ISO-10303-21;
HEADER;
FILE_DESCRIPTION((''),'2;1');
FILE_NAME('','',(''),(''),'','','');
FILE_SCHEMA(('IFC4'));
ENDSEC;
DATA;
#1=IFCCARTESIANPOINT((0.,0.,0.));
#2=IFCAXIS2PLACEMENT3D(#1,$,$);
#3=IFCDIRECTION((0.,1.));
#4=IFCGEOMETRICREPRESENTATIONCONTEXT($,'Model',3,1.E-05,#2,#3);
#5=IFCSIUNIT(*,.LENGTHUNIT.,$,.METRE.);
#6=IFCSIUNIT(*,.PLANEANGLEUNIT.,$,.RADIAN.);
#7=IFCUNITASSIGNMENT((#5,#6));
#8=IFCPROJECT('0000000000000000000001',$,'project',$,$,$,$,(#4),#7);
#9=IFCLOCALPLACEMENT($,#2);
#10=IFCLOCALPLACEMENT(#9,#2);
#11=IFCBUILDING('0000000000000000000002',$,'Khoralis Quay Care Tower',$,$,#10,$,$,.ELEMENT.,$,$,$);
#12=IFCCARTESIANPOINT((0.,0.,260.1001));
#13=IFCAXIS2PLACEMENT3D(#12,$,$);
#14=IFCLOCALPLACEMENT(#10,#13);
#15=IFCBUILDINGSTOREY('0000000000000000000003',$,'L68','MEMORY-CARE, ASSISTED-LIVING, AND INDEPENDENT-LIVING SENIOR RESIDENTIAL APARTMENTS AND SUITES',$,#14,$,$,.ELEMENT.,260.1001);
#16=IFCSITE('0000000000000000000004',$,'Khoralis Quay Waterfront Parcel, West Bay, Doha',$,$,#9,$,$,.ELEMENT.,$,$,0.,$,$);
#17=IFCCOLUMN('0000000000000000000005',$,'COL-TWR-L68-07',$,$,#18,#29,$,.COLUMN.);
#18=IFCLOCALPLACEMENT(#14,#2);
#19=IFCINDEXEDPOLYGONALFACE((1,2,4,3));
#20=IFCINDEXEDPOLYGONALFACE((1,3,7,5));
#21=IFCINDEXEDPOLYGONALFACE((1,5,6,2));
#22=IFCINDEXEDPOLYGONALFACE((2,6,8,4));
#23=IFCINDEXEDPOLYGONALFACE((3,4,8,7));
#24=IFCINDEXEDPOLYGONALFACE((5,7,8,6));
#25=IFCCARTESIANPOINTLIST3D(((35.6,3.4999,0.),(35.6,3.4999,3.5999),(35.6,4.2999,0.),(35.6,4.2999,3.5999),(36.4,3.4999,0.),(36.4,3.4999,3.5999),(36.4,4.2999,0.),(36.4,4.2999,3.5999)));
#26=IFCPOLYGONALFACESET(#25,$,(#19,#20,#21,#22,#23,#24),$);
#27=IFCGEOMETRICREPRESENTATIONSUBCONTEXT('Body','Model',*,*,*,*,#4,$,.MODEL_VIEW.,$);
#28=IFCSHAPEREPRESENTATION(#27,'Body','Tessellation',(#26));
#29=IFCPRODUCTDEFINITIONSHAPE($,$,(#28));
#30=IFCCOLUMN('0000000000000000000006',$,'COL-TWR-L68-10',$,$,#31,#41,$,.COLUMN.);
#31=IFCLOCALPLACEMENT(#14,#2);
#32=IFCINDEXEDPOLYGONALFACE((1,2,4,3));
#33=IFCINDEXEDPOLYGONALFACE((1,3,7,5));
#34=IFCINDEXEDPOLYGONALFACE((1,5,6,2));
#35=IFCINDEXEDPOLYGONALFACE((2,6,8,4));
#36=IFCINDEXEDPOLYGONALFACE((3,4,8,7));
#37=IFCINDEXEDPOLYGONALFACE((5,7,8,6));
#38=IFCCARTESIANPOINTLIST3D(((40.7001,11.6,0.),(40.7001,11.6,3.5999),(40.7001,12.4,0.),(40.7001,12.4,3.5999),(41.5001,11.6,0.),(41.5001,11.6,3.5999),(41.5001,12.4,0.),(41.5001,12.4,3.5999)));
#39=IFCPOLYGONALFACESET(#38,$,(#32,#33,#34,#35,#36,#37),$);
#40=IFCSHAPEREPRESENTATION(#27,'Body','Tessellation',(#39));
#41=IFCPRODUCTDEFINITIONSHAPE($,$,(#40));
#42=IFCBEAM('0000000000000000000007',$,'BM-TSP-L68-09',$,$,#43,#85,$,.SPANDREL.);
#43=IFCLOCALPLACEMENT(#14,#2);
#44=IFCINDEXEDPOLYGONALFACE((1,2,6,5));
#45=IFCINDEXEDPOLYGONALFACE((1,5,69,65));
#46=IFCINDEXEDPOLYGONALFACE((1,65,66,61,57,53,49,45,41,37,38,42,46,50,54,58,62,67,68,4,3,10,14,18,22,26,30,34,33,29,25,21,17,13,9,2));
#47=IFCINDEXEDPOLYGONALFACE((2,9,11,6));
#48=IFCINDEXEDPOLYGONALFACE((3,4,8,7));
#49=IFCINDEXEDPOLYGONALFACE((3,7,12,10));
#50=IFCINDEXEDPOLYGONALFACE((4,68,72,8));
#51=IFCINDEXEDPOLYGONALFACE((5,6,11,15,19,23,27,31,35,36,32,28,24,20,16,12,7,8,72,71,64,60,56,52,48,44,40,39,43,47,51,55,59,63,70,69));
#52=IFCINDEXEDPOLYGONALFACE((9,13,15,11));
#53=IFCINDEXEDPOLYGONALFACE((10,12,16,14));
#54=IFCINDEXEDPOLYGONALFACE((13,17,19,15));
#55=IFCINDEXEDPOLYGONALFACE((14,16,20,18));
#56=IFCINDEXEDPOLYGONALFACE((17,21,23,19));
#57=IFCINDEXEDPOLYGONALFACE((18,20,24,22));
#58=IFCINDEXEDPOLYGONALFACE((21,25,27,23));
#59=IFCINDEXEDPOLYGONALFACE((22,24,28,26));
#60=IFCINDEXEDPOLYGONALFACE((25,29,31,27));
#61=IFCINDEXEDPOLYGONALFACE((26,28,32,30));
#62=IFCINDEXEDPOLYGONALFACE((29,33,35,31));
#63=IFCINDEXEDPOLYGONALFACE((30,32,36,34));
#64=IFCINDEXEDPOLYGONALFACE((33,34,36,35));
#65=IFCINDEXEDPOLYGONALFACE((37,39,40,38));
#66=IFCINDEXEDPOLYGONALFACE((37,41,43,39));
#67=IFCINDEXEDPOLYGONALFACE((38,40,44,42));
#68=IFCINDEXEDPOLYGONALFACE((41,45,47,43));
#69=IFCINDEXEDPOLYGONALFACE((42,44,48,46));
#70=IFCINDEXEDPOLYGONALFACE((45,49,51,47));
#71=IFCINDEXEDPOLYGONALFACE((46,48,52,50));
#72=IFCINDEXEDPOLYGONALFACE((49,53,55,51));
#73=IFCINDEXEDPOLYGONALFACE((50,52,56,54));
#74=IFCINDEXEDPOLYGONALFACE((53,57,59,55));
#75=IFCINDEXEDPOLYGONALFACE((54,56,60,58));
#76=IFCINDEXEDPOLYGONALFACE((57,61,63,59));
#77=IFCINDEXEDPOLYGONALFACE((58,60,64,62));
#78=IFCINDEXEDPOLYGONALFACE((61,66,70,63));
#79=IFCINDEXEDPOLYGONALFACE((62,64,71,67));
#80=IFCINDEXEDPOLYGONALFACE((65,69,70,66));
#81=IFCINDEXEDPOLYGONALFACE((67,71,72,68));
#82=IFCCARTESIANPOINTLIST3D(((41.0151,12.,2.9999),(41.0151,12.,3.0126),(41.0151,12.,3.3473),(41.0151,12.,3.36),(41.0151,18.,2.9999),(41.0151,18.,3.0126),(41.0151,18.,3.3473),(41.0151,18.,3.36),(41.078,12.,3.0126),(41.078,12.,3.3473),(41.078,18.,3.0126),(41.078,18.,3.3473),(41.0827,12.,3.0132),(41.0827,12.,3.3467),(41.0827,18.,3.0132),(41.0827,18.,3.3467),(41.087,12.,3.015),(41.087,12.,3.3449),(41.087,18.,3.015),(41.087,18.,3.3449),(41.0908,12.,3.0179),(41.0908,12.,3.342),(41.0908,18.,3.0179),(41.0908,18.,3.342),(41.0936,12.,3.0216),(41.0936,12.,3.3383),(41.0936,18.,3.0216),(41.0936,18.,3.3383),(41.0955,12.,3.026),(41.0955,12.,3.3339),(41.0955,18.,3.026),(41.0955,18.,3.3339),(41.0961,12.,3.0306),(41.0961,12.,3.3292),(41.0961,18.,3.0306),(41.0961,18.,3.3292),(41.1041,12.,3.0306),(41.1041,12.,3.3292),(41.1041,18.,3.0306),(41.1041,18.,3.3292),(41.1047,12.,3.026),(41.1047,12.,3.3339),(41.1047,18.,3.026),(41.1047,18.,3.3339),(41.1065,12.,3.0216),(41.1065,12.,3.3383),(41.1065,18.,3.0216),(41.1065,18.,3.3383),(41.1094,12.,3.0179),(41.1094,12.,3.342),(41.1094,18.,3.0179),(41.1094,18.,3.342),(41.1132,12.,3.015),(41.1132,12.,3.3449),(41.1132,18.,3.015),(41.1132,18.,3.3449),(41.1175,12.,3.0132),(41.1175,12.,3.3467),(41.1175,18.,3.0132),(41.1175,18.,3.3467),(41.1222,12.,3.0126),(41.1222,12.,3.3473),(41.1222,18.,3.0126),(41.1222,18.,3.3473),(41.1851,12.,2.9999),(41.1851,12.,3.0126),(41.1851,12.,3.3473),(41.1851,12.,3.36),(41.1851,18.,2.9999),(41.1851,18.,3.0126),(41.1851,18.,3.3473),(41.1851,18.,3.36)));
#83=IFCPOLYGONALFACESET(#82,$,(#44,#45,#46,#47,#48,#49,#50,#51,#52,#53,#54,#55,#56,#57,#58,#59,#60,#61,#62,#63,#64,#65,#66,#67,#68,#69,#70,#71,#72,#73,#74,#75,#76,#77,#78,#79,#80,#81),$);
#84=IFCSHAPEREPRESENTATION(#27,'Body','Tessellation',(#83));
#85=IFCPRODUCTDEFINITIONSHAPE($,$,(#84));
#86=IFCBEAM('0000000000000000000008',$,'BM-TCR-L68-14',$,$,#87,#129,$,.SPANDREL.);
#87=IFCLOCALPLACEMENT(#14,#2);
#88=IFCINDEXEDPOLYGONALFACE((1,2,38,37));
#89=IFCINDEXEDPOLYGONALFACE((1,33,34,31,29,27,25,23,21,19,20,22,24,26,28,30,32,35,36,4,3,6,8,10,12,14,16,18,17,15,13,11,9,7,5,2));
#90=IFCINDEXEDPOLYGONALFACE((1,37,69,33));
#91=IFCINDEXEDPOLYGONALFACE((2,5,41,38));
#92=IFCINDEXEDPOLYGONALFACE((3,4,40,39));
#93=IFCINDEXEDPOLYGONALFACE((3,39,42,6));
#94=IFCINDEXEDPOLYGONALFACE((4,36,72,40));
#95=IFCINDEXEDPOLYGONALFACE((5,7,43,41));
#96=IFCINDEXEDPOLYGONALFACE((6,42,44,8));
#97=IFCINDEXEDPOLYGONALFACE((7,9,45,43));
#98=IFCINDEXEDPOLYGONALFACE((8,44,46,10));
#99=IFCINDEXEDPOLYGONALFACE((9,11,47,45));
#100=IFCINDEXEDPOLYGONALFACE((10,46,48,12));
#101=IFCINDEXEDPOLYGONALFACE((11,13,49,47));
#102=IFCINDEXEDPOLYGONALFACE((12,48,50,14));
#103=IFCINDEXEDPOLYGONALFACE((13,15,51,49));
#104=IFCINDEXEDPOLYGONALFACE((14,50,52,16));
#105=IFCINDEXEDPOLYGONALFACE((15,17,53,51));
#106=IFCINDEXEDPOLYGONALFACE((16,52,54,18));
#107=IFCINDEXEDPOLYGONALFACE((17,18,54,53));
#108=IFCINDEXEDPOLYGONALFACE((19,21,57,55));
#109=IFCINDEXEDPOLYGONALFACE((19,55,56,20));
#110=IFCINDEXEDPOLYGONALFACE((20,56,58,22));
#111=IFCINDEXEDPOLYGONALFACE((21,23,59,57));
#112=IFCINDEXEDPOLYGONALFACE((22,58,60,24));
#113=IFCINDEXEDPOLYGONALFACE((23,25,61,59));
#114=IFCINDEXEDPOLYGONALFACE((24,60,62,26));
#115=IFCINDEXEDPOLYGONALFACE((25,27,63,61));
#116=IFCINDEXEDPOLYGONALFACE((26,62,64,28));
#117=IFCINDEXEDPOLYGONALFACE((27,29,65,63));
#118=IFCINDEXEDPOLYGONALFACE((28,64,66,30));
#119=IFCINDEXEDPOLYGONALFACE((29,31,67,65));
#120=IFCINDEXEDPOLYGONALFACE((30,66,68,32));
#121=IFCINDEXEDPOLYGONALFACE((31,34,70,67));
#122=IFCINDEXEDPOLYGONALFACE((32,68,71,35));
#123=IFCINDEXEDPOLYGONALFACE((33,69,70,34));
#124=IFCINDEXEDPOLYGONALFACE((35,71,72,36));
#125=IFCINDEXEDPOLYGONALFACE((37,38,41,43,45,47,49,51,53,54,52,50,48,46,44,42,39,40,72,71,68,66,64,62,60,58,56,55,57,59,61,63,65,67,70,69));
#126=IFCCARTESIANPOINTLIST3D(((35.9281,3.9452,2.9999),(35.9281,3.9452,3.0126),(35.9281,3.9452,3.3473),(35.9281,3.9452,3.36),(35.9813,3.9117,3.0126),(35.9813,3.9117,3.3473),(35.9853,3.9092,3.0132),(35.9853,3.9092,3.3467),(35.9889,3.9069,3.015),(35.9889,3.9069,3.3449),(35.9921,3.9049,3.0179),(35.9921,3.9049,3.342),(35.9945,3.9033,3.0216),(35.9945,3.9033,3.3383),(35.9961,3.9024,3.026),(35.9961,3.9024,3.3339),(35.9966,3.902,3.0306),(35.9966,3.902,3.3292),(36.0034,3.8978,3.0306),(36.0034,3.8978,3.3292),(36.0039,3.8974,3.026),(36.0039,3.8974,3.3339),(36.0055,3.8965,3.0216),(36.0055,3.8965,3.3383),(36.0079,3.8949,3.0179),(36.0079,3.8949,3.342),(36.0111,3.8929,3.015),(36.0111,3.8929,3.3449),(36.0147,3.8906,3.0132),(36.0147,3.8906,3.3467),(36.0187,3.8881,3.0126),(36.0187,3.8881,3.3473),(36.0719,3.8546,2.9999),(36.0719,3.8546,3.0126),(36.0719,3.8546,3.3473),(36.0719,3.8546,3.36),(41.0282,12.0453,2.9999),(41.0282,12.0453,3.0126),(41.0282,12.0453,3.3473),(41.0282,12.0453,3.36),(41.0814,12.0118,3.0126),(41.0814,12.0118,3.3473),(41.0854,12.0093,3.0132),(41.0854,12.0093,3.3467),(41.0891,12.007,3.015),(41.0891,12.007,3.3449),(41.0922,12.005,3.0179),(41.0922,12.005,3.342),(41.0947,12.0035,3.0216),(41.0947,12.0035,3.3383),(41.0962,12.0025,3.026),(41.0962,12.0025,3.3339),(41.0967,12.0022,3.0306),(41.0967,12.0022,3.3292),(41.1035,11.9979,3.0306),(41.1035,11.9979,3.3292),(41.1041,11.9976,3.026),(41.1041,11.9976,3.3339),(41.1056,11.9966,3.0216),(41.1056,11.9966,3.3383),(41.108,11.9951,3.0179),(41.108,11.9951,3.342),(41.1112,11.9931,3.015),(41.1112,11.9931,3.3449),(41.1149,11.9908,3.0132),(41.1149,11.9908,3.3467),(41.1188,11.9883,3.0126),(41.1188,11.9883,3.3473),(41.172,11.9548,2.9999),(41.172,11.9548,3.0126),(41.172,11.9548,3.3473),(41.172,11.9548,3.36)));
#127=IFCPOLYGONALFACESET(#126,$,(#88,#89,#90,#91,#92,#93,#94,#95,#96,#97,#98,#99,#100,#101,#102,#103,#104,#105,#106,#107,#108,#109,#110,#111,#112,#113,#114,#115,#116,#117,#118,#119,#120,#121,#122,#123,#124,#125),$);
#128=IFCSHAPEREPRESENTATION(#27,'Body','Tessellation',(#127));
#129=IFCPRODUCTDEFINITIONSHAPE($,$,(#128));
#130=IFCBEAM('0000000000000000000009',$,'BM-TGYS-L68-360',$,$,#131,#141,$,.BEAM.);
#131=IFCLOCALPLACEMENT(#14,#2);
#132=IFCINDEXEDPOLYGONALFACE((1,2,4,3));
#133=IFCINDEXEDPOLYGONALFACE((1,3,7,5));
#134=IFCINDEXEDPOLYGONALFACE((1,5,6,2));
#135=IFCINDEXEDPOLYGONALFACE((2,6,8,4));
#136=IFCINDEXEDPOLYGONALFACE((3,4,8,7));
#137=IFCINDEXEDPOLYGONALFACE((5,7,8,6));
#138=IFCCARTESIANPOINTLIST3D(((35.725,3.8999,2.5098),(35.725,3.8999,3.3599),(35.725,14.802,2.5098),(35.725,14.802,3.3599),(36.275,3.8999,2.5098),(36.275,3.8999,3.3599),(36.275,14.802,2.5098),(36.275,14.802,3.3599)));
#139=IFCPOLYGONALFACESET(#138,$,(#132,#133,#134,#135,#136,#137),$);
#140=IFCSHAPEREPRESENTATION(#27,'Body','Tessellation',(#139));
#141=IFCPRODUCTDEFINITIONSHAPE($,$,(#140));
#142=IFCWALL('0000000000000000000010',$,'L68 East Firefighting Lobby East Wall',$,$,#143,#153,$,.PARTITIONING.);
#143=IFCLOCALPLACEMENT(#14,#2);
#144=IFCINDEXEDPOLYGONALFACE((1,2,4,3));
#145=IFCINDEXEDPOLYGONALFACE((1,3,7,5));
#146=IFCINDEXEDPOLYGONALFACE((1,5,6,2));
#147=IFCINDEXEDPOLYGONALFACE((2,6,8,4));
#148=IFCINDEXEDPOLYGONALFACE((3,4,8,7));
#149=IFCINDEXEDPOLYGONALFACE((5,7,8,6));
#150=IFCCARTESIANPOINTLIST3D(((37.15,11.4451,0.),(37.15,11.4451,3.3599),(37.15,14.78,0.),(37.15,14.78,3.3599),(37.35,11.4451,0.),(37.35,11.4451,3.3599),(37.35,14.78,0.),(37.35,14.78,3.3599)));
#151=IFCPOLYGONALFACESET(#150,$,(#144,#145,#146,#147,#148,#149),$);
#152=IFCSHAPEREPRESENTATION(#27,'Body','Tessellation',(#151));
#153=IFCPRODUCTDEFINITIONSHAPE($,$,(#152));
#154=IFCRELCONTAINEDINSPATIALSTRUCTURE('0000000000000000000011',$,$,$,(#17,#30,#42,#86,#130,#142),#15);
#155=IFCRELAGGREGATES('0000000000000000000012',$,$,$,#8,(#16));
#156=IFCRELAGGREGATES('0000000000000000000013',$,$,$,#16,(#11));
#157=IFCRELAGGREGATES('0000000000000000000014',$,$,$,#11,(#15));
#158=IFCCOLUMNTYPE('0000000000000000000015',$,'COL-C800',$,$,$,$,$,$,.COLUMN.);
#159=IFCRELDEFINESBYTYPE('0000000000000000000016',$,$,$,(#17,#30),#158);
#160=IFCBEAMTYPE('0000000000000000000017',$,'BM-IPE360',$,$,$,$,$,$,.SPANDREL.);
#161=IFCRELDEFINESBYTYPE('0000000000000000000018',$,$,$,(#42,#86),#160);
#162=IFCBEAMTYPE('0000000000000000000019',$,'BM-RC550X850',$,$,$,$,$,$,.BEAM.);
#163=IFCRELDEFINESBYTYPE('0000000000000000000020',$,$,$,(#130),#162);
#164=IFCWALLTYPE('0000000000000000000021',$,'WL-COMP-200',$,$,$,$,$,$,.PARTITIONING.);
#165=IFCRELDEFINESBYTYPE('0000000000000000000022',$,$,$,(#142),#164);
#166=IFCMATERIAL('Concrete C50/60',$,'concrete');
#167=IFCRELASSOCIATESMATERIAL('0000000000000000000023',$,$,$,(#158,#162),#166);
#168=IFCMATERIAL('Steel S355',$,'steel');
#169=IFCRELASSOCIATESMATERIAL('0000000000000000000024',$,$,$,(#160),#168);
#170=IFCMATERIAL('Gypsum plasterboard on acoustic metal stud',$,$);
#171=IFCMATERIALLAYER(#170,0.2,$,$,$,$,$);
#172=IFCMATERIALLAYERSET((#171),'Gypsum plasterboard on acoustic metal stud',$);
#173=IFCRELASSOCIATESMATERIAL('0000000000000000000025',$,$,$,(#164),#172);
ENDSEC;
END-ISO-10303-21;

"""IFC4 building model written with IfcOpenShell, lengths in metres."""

from ifc_helpers import new_model, si_unit, direction, frame, frame_2d, origin, origin_2d, place, context, subcontext, project, spatial, rectangle, i_section, extrude, source, transform, mapped, material, layer, layer_set, material_profile, profile_set, type_object, element, save


model = new_model("IFC4")

# Units and contexts
model_context = context("Model", 3, precision=1e-05, world=origin(), true_north=direction((0.0, 1.0)))
body_context = subcontext(model_context, "Body", "Model", "MODEL_VIEW")
ifc_project = project(units=[si_unit("LENGTHUNIT", "METRE"), si_unit("PLANEANGLEUNIT", "RADIAN")], contexts=[model_context])

# Site, building, storey
site_placement = place(None, origin())
site = spatial("IfcSite", under=ifc_project, at=site_placement, Name="Khoralis Quay Waterfront Parcel, West Bay, Doha", CompositionType="ELEMENT", RefElevation=0.0)
building_placement = place(site_placement, origin())
building = spatial("IfcBuilding", under=site, at=building_placement, Name="Khoralis Quay Care Tower", CompositionType="ELEMENT")
storey_placement = place(building_placement, frame((0.0, 0.0, 260.1001)))
storey = spatial("IfcBuildingStorey", under=building, at=storey_placement, Name="L68", Description="MEMORY-CARE, ASSISTED-LIVING, AND INDEPENDENT-LIVING SENIOR RESIDENTIAL APARTMENTS AND SUITES", CompositionType="ELEMENT", Elevation=260.1001)

# Columns
ifc_material_1 = material(Name="Concrete C50/60", Category="concrete")
ifc_material_profile_1 = material_profile(ifc_material_1, rectangle(XDim=0.8, YDim=0.8, at=origin_2d()), Name="Concrete C50/60")
ifc_profile_set_1 = profile_set([ifc_material_profile_1], Name="Concrete C50/60")
column_type = type_object("IfcColumnType", Name="COL-C800", PredefinedType="COLUMN", material=ifc_profile_set_1)
shared_shape_1 = source(origin(), body_context, "Body", "SweptSolid", [
    extrude(rectangle(XDim=0.8, YDim=0.8, at=origin_2d()), origin(), (0.0, 0.0, 1.0), 3.5999),
])
for number, where, z_axis, x_axis, name in (
    (1, (36.0, 3.8999, 0.0), (0.0, 0.0, 1.0), (1.0, 0.0, 0.0), "COL-TWR-L68-07"),
    (2, (41.1001, 12.0, 0.0), (0.0, 0.0, 1.0), (1.0, 0.0, 0.0), "COL-TWR-L68-10"),
):
    element("IfcColumn", number, at=place(storey_placement, frame(where, z_axis=z_axis, x_axis=x_axis)), inside=storey, type_object=column_type, Name=name, PredefinedType="COLUMN", context=body_context, shape_type="MappedRepresentation", body=[
        mapped(shared_shape_1, transform((0.0, 0.0, 0.0), scale=1.0)),
    ])

# Beams
ifc_material_2 = material(Name="Steel S355", Category="steel")
ifc_material_profile_2 = material_profile(ifc_material_2, i_section(OverallWidth=0.1699, OverallDepth=0.3601, WebThickness=0.0081, FlangeThickness=0.0127, FilletRadius=0.0181, at=origin_2d()), Name="Steel S355")
ifc_profile_set_2 = profile_set([ifc_material_profile_2], Name="Steel S355")
beam_type_1 = type_object("IfcBeamType", Name="BM-IPE360", PredefinedType="SPANDREL", material=ifc_profile_set_2)
shared_shape_2 = source(origin(), body_context, "Body", "SweptSolid", [
    extrude(i_section(OverallWidth=0.1699, OverallDepth=0.3601, WebThickness=0.0081, FlangeThickness=0.0127, FilletRadius=0.0181, at=origin_2d()), origin(), (0.0, 0.0, 1.0), 6.0),
])
beam_1_placement = place(storey_placement, frame((41.1001, 12.0, 3.1799), z_axis=(0.0, 1.0, 0.0), x_axis=(-1.0, 0.0, 0.0)))
element("IfcBeam", 3, at=beam_1_placement, inside=storey, type_object=beam_type_1, Name="BM-TSP-L68-09", PredefinedType="SPANDREL", context=body_context, shape_type="MappedRepresentation", body=[
    mapped(shared_shape_2, transform((0.0, 0.0, 0.0), scale=1.0)),
])
shared_shape_3 = source(origin(), body_context, "Body", "SweptSolid", [
    extrude(i_section(OverallWidth=0.1699, OverallDepth=0.3601, WebThickness=0.0081, FlangeThickness=0.0127, FilletRadius=0.0181, at=origin_2d()), origin(), (0.0, 0.0, 1.0), 9.572),
])
beam_2_placement = place(storey_placement, frame((36.0, 3.8999, 3.1799), z_axis=(0.532816, 0.846231, 0.0), x_axis=(-0.846231, 0.532816, 0.0)))
element("IfcBeam", 4, at=beam_2_placement, inside=storey, type_object=beam_type_1, Name="BM-TCR-L68-14", PredefinedType="SPANDREL", context=body_context, shape_type="MappedRepresentation", body=[
    mapped(shared_shape_3, transform((0.0, 0.0, 0.0), scale=1.0)),
])
ifc_material_profile_3 = material_profile(ifc_material_1, rectangle(XDim=0.55, YDim=0.8501, at=origin_2d()), Name="Concrete C50/60")
ifc_profile_set_3 = profile_set([ifc_material_profile_3], Name="Concrete C50/60")
beam_type_2 = type_object("IfcBeamType", Name="BM-RC550X850", PredefinedType="BEAM", material=ifc_profile_set_3)
shared_shape_4 = source(origin(), body_context, "Body", "SweptSolid", [
    extrude(rectangle(XDim=0.55, YDim=0.8501, at=origin_2d()), origin(), (0.0, 0.0, 1.0), 10.9021),
])
beam_3_placement = place(storey_placement, frame((36.0, 3.8999, 2.9348), z_axis=(0.0, 1.0, 0.0), x_axis=(-1.0, 0.0, 0.0)))
element("IfcBeam", 5, at=beam_3_placement, inside=storey, type_object=beam_type_2, Name="BM-TGYS-L68-360", PredefinedType="BEAM", context=body_context, shape_type="MappedRepresentation", body=[
    mapped(shared_shape_4, transform((0.0, 0.0, 0.0), scale=1.0)),
])

# Wall
ifc_material_3 = material(Name="Gypsum plasterboard on acoustic metal stud")
ifc_layer_1 = layer(ifc_material_3, 0.2)
ifc_layer_set_1 = layer_set([ifc_layer_1], Name="Gypsum plasterboard on acoustic metal stud")
wall_type_1 = type_object("IfcWallType", Name="WL-COMP-200", PredefinedType="PARTITIONING", material=ifc_layer_set_1)
wall_1_placement = place(storey_placement, frame((37.25, 11.4451, 0.0), z_axis=(0.0, 0.0, 1.0), x_axis=(0.0, 1.0, 0.0)))
element("IfcWall", 6, at=wall_1_placement, inside=storey, type_object=wall_type_1, Name="L68 East Firefighting Lobby East Wall", PredefinedType="PARTITIONING", context=body_context, shape_type="SweptSolid", body=[
    extrude(rectangle(XDim=3.335, YDim=0.2, at=frame_2d((1.6675, 0.0))), origin(), (0.0, 0.0, 1.0), 3.3599),
])

save(model, "model.ifc")
